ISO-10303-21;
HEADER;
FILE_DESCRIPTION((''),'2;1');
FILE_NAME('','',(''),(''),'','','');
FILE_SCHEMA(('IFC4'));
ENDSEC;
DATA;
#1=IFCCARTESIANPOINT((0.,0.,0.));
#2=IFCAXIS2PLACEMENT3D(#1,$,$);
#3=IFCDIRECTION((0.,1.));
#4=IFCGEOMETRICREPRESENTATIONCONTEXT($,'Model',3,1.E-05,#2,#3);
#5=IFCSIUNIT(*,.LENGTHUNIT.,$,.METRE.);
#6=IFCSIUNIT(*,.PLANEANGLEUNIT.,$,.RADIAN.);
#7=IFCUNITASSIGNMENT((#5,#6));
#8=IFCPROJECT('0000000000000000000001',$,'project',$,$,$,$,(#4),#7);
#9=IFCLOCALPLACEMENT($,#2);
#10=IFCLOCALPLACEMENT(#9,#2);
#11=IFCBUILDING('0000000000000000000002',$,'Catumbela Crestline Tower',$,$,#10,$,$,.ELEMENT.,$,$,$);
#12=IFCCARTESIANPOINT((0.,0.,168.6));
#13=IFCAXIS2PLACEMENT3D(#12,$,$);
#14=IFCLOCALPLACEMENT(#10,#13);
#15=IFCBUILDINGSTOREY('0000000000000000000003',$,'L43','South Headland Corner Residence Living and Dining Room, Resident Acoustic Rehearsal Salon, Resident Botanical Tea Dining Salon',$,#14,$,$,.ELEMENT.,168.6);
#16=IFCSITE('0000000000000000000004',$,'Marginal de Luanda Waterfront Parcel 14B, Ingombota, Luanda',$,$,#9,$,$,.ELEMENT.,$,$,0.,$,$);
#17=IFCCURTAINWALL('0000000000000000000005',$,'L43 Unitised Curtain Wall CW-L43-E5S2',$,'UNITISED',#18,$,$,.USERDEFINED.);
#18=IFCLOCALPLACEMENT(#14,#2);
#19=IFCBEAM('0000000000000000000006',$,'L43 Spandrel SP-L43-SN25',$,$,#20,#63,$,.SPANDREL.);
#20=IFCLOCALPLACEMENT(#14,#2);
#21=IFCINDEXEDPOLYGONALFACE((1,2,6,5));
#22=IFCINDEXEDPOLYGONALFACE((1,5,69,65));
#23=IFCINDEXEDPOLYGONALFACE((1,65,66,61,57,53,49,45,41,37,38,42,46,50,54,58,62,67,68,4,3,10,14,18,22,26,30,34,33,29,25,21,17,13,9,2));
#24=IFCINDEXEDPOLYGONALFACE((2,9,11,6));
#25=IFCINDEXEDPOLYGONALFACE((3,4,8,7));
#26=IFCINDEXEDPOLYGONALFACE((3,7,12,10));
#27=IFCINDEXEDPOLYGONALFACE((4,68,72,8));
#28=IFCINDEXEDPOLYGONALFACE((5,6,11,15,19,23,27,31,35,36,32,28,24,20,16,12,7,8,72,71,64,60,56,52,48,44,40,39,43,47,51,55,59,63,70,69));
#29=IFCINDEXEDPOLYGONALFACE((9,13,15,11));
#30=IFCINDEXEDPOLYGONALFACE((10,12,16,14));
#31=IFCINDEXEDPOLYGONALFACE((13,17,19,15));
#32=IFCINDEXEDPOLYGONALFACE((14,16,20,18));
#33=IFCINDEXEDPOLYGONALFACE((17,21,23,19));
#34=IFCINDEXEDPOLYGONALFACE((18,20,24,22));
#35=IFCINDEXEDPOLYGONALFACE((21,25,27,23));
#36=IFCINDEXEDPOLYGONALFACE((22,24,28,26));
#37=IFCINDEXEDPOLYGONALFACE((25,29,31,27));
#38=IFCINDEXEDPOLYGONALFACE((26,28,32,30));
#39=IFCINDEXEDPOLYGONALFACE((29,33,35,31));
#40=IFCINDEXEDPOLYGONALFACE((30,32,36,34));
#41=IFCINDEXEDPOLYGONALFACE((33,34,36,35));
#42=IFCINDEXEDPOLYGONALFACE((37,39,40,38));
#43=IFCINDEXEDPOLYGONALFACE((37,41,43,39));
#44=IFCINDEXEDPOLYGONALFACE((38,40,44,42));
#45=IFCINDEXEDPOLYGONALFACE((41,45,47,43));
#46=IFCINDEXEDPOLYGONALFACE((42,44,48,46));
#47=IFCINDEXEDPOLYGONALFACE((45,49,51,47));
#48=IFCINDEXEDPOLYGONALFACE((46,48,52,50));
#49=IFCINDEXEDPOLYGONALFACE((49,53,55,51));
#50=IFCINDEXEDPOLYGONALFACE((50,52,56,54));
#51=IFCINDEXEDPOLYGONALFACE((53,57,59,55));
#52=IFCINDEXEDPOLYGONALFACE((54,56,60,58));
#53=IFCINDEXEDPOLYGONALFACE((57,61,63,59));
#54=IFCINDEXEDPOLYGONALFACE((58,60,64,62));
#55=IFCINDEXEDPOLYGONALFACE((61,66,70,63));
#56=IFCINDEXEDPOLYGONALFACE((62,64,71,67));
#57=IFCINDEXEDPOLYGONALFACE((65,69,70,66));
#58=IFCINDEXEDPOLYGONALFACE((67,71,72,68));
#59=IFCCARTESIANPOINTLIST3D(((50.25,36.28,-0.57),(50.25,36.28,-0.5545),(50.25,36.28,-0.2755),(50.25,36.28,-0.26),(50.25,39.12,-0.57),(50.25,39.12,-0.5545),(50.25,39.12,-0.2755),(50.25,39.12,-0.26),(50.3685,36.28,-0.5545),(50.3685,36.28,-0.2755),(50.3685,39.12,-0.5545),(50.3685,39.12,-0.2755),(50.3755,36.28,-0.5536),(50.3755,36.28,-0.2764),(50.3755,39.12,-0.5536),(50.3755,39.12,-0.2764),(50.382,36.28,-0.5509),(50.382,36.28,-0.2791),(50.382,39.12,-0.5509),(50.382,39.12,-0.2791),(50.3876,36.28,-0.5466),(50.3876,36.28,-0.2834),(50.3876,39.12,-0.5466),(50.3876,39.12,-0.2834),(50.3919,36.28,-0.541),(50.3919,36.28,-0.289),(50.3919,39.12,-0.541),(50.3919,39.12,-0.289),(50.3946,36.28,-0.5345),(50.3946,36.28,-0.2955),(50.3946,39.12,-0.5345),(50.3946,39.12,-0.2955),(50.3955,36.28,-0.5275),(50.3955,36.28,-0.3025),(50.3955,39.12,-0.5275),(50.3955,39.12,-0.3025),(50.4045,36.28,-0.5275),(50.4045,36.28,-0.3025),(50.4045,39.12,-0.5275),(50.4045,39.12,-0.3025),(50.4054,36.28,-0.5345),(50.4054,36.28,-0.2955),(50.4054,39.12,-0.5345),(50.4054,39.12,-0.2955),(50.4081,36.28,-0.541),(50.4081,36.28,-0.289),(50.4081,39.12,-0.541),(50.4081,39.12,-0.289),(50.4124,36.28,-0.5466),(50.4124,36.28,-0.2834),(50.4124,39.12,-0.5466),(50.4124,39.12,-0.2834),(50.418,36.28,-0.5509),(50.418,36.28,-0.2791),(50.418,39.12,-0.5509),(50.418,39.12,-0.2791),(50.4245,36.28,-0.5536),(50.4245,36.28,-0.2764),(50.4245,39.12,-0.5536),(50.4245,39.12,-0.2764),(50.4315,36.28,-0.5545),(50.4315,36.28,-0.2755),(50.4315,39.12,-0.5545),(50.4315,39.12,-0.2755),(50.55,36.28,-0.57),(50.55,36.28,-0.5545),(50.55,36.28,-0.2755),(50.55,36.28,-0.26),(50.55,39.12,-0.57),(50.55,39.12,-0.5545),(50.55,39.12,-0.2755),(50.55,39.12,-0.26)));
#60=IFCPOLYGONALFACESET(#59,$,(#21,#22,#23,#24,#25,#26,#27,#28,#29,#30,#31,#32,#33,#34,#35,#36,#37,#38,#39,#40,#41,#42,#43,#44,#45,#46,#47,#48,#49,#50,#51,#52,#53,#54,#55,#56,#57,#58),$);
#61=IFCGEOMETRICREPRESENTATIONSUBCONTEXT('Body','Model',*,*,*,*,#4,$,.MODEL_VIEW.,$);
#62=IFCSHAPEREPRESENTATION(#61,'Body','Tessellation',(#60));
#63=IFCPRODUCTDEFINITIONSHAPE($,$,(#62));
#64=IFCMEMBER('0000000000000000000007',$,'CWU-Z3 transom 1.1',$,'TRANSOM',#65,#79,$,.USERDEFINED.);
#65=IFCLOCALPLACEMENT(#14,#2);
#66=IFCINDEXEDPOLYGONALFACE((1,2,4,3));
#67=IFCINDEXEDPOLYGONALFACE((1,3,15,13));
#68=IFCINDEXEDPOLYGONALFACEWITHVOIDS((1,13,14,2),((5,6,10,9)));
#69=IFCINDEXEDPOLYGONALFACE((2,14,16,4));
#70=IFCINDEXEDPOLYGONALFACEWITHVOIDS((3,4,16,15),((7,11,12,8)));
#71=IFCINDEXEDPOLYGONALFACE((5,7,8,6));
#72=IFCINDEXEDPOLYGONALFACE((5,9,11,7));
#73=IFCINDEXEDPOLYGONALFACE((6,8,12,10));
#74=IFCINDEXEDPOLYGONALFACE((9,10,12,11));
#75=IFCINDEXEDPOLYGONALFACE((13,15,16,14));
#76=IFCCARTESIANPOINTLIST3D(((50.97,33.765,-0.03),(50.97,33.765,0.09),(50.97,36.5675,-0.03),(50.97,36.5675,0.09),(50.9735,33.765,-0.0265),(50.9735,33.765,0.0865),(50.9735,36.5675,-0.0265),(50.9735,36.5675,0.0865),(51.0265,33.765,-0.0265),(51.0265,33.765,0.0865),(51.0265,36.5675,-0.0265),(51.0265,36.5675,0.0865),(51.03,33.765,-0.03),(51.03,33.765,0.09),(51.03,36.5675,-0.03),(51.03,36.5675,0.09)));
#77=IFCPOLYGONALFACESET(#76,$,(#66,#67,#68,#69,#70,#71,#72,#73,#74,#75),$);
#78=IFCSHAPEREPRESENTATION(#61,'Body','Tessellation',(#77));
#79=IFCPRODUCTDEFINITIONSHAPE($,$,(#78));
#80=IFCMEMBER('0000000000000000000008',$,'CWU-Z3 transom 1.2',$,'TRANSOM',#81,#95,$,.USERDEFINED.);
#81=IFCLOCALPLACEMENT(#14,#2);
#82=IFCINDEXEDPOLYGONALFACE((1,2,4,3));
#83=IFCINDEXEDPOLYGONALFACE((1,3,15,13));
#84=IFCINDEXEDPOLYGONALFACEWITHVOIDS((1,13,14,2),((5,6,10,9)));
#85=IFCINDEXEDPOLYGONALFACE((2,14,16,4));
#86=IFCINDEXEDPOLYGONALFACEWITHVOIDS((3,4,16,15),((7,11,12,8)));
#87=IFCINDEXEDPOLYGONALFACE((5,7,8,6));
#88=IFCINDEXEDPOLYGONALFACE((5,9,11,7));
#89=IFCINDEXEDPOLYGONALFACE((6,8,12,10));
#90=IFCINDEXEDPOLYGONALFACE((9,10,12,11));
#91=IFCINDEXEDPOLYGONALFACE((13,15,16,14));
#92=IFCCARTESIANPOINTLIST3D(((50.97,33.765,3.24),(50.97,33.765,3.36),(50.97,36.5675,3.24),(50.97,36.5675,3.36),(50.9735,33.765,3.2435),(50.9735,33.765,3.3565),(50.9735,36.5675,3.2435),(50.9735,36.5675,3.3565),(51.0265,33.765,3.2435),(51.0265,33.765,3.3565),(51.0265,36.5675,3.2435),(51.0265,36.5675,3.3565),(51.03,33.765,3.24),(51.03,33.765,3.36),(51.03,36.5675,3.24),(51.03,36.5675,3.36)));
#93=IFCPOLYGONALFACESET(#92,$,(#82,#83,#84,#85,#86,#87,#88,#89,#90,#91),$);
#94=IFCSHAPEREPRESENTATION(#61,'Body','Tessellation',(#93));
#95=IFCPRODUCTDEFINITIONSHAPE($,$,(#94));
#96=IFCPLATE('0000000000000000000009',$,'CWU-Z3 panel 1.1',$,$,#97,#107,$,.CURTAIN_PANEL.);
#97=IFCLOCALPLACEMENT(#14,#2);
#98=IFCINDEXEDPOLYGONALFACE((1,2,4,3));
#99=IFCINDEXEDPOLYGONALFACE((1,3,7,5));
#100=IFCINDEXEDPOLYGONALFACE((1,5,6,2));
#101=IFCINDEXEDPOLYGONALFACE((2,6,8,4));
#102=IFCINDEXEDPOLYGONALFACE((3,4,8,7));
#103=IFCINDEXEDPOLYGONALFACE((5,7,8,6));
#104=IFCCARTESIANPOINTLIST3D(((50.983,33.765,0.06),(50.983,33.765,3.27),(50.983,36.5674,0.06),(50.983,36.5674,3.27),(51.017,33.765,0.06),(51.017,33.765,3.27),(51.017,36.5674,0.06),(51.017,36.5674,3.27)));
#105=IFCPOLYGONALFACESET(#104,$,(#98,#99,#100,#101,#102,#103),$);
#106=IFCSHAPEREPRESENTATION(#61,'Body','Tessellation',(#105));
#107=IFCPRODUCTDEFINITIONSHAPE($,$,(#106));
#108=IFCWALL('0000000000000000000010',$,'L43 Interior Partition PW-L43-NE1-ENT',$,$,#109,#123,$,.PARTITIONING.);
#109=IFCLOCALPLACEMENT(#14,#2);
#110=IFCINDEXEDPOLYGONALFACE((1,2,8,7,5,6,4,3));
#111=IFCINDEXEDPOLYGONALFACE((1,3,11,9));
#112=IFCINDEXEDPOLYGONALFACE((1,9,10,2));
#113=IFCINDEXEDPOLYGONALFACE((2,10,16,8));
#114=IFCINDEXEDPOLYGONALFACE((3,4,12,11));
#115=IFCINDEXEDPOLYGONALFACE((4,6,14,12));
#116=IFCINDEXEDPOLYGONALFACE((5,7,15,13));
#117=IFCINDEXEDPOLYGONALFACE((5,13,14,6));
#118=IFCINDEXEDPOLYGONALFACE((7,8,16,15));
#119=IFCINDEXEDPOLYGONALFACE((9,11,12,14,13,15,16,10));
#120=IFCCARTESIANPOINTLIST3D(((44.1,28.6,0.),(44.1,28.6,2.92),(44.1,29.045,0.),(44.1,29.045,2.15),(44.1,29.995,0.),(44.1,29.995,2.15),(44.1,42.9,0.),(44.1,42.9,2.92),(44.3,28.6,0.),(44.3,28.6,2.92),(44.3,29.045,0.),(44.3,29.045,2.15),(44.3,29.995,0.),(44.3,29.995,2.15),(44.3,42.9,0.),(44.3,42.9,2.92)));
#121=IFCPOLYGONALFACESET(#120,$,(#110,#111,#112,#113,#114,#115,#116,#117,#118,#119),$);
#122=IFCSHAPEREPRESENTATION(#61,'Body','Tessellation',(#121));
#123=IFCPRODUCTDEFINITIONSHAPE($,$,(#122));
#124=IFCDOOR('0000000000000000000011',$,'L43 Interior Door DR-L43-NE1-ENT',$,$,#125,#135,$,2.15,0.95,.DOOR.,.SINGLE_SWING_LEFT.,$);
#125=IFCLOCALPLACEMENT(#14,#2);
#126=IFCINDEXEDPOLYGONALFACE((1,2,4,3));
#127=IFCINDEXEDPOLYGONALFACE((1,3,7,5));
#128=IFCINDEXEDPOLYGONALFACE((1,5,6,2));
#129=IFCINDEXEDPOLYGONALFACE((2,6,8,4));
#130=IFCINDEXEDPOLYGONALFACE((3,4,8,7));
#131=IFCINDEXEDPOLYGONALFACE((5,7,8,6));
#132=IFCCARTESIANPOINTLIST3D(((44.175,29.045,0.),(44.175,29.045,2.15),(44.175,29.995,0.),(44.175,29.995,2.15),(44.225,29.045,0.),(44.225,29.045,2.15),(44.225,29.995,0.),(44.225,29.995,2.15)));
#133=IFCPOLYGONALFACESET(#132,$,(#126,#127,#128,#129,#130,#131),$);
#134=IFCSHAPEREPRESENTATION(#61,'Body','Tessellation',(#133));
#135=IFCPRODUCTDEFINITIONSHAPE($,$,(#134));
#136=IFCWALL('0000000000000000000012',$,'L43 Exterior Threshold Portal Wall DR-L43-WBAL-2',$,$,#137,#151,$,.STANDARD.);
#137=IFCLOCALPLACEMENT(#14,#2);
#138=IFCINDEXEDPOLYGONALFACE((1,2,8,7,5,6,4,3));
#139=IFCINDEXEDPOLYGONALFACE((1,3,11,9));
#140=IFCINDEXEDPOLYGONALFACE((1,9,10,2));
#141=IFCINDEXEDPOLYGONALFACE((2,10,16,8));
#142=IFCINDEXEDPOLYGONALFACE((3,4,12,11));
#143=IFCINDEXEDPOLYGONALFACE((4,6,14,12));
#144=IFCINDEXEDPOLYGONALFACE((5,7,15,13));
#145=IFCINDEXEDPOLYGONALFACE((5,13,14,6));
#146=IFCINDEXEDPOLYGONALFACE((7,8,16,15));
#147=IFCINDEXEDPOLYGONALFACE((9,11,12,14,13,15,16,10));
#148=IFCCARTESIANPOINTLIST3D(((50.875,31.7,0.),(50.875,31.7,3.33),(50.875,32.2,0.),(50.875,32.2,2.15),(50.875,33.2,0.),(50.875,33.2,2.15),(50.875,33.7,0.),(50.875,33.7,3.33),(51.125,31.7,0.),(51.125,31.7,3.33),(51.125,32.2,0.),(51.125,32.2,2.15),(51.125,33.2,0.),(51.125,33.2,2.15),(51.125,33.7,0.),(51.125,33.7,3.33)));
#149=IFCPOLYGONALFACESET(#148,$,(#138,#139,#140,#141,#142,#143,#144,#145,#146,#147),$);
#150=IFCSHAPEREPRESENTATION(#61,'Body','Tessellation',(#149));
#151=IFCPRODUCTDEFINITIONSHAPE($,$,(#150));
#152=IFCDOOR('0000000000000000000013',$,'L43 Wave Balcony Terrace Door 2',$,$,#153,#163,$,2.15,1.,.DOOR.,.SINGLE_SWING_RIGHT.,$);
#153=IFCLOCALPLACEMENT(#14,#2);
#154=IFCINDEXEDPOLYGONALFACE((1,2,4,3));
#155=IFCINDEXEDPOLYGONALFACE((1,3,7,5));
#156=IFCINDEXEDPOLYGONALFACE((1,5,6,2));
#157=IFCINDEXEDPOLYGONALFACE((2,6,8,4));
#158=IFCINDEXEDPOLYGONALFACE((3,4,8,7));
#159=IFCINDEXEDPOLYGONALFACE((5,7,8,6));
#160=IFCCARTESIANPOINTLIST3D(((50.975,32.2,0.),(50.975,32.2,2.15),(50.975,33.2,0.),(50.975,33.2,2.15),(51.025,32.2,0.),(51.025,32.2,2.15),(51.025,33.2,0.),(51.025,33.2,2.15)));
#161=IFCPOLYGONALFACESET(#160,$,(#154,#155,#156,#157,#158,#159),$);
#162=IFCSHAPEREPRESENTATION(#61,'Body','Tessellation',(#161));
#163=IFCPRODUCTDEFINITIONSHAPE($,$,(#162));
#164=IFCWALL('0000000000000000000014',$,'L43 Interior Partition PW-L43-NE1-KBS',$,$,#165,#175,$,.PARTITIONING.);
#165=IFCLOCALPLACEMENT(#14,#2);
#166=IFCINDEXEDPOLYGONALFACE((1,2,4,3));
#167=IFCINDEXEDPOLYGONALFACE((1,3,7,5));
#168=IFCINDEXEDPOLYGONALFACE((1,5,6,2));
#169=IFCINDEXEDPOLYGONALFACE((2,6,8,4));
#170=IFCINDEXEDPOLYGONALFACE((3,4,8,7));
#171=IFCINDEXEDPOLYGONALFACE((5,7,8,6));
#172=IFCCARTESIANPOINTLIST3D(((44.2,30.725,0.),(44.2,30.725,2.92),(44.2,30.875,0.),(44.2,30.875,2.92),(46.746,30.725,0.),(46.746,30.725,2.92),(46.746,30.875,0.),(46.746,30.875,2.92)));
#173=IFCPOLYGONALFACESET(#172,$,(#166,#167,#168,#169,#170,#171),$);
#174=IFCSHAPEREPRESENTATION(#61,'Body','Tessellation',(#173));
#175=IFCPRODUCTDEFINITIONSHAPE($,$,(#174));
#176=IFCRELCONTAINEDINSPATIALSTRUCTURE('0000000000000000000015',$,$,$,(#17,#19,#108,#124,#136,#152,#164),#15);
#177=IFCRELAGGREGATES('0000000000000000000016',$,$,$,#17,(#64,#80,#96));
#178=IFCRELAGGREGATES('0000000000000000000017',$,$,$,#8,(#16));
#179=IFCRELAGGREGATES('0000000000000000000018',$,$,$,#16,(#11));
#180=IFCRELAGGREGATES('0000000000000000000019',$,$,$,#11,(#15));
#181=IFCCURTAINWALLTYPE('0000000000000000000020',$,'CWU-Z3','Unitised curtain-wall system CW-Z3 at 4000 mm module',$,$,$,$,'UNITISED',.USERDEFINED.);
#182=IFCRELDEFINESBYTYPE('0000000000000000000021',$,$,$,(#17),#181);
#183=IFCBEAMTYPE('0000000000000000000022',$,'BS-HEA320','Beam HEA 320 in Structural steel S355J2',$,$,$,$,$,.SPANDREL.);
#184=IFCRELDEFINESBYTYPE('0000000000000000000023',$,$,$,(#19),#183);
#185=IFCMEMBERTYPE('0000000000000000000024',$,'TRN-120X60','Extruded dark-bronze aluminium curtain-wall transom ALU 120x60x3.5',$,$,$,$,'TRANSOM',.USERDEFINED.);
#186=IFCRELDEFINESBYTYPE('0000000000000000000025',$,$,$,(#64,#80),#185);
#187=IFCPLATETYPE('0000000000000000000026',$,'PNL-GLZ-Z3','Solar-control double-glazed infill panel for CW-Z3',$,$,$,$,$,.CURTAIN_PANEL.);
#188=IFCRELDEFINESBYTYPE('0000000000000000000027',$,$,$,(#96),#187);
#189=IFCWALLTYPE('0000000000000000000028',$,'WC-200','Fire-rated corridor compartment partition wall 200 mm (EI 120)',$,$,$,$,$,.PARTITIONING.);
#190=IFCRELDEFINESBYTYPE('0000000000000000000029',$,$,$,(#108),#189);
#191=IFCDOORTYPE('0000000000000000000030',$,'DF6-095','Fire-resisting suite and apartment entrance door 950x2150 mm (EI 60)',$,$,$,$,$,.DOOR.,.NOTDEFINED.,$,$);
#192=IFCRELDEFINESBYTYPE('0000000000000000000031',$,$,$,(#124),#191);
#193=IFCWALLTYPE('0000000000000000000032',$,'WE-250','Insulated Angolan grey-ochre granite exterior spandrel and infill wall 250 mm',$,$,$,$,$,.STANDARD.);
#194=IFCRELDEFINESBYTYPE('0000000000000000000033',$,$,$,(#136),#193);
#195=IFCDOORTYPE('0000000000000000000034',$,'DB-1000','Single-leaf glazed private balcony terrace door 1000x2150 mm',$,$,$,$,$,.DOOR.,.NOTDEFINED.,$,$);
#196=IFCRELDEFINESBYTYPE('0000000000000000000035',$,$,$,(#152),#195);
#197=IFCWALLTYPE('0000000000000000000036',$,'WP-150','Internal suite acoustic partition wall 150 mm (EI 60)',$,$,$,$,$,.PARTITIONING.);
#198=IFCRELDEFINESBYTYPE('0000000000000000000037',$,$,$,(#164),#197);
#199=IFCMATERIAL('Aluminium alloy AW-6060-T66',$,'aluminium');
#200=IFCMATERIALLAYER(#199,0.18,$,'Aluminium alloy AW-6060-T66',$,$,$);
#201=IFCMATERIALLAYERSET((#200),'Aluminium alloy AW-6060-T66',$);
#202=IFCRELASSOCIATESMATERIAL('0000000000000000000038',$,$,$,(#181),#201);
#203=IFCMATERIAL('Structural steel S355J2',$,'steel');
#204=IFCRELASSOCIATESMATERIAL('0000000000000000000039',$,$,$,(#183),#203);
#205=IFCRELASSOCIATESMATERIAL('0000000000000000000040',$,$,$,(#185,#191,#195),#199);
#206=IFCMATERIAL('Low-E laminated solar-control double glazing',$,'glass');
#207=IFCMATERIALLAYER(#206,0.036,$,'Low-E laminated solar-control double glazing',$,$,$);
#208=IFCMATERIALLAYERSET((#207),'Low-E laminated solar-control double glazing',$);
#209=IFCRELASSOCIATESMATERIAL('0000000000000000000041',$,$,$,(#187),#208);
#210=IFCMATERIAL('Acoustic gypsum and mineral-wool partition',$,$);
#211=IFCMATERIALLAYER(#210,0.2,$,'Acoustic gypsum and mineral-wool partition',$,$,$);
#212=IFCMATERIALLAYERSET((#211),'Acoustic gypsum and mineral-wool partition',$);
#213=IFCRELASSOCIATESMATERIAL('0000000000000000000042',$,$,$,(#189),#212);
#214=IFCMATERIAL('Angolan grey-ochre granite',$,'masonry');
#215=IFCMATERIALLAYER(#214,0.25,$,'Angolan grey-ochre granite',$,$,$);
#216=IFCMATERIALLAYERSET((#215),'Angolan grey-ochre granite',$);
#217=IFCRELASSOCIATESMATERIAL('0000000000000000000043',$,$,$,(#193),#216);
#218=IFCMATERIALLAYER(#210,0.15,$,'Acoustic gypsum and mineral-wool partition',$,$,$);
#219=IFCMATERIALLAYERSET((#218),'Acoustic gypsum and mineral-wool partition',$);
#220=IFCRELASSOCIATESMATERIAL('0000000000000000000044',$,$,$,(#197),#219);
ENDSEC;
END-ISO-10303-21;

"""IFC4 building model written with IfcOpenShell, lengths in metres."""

from ifc_helpers import new_model, si_unit, direction, frame, frame_2d, origin, origin_2d, place, context, subcontext, project, spatial, rectangle, hollow_rectangle, i_section, extrude, material, layer, layer_set, material_profile, profile_set, type_object, element, fill, aggregate, save


model = new_model("IFC4")

# Units and contexts
model_context = context("Model", 3, precision=1e-05, world=origin(), true_north=direction((0.0, 1.0)))
body_context = subcontext(model_context, "Body", "Model", "MODEL_VIEW")
ifc_project = project(units=[si_unit("LENGTHUNIT", "METRE"), si_unit("PLANEANGLEUNIT", "RADIAN")], contexts=[model_context])

# Site, building, storey
site_placement = place(None, origin())
site = spatial("IfcSite", under=ifc_project, at=site_placement, Name="Marginal de Luanda Waterfront Parcel 14B, Ingombota, Luanda", CompositionType="ELEMENT", RefElevation=0.0)
building_placement = place(site_placement, origin())
building = spatial("IfcBuilding", under=site, at=building_placement, Name="Catumbela Crestline Tower", CompositionType="ELEMENT")
storey_placement = place(building_placement, frame((0.0, 0.0, 168.6)))
storey = spatial("IfcBuildingStorey", under=building, at=storey_placement, Name="L43", Description="South Headland Corner Residence Living and Dining Room, Resident Acoustic Rehearsal Salon, Resident Botanical Tea Dining Salon", CompositionType="ELEMENT", Elevation=168.6)

# Shared definitions
ifc_material_1 = material(Name="Structural steel S355J2", Category="steel")

# Curtain wall
ifc_material_2 = material(Name="Aluminium alloy AW-6060-T66", Category="aluminium")
ifc_layer_1 = layer(ifc_material_2, 0.18, Name="Aluminium alloy AW-6060-T66")
ifc_layer_set_1 = layer_set([ifc_layer_1], Name="Aluminium alloy AW-6060-T66")
curtain_wall_type = type_object("IfcCurtainWallType", Name="CWU-Z3", Description="Unitised curtain-wall system CW-Z3 at 4000 mm module", ElementType="UNITISED", PredefinedType="USERDEFINED", material=ifc_layer_set_1)
curtain_wall_placement = place(storey_placement, origin())
curtain_wall = element("IfcCurtainWall", 1, at=curtain_wall_placement, inside=storey, type_object=curtain_wall_type, Name="L43 Unitised Curtain Wall CW-L43-E5S2", ObjectType="UNITISED", PredefinedType="USERDEFINED")

# Beam
ifc_material_profile_1 = material_profile(ifc_material_1, i_section(OverallWidth=0.3, OverallDepth=0.31, WebThickness=0.009, FlangeThickness=0.0155, FilletRadius=0.027, at=origin_2d()), Name="HEA 320")
ifc_profile_set_1 = profile_set([ifc_material_profile_1], Name="Structural steel S355J2")
beam_type_1 = type_object("IfcBeamType", Name="BS-HEA320", Description="Beam HEA 320 in Structural steel S355J2", PredefinedType="SPANDREL", material=ifc_profile_set_1)
beam_1_placement = place(storey_placement, frame((50.4, 36.28, -0.415), z_axis=(0.0, 1.0, 0.0), x_axis=(-1.0, 0.0, 0.0)))
element("IfcBeam", 2, at=beam_1_placement, inside=storey, type_object=beam_type_1, Name="L43 Spandrel SP-L43-SN25", PredefinedType="SPANDREL", context=body_context, shape_type="SweptSolid", body=[
    extrude(i_section(OverallWidth=0.3, OverallDepth=0.31, WebThickness=0.009, FlangeThickness=0.0155, FilletRadius=0.027, at=origin_2d()), origin(), (0.0, 0.0, 1.0), 2.84),
])

# Members
ifc_material_profile_2 = material_profile(ifc_material_2, hollow_rectangle(XDim=0.06, YDim=0.12, WallThickness=0.0035, at=origin_2d()), Name="ALU 120x60x3.5")
ifc_profile_set_2 = profile_set([ifc_material_profile_2], Name="Aluminium alloy AW-6060-T66")
member_type_1 = type_object("IfcMemberType", Name="TRN-120X60", Description="Extruded dark-bronze aluminium curtain-wall transom ALU 120x60x3.5", ElementType="TRANSOM", PredefinedType="USERDEFINED", material=ifc_profile_set_2)
member_1_placement = place(storey_placement, frame((51.0, 33.765, 0.03), z_axis=(0.0, 1.0, 0.0), x_axis=(-1.0, 0.0, 0.0)))
member_1 = element("IfcMember", 3, at=member_1_placement, type_object=member_type_1, Name="CWU-Z3 transom 1.1", ObjectType="TRANSOM", PredefinedType="USERDEFINED", context=body_context, shape_type="SweptSolid", body=[
    extrude(hollow_rectangle(XDim=0.06, YDim=0.12, WallThickness=0.0035, at=origin_2d()), origin(), (0.0, 0.0, 1.0), 2.8025),
])
member_2_placement = place(storey_placement, frame((51.0, 33.765, 3.3), z_axis=(0.0, 1.0, 0.0), x_axis=(-1.0, 0.0, 0.0)))
member_2 = element("IfcMember", 4, at=member_2_placement, type_object=member_type_1, Name="CWU-Z3 transom 1.2", ObjectType="TRANSOM", PredefinedType="USERDEFINED", context=body_context, shape_type="SweptSolid", body=[
    extrude(hollow_rectangle(XDim=0.06, YDim=0.12, WallThickness=0.0035, at=origin_2d()), origin(), (0.0, 0.0, 1.0), 2.8025),
])

# Plate
ifc_material_3 = material(Name="Low-E laminated solar-control double glazing", Category="glass")
ifc_layer_2 = layer(ifc_material_3, 0.036, Name="Low-E laminated solar-control double glazing")
ifc_layer_set_2 = layer_set([ifc_layer_2], Name="Low-E laminated solar-control double glazing")
plate_type = type_object("IfcPlateType", Name="PNL-GLZ-Z3", Description="Solar-control double-glazed infill panel for CW-Z3", PredefinedType="CURTAIN_PANEL", material=ifc_layer_set_2)
plate_placement = place(storey_placement, frame((51.0, 35.1662, 0.06), z_axis=(0.0, 0.0, 1.0), x_axis=(0.0, 1.0, 0.0)))
plate = element("IfcPlate", 5, at=plate_placement, type_object=plate_type, Name="CWU-Z3 panel 1.1", PredefinedType="CURTAIN_PANEL", context=body_context, shape_type="SweptSolid", body=[
    extrude(rectangle(XDim=2.8025, YDim=0.034, at=origin_2d()), origin(), (0.0, 0.0, 1.0), 3.21),
])
aggregate(curtain_wall, [member_1, member_2, plate])

# Walls, openings, doors
ifc_material_4 = material(Name="Acoustic gypsum and mineral-wool partition")
ifc_layer_3 = layer(ifc_material_4, 0.2, Name="Acoustic gypsum and mineral-wool partition")
ifc_layer_set_3 = layer_set([ifc_layer_3], Name="Acoustic gypsum and mineral-wool partition")
wall_type_1 = type_object("IfcWallType", Name="WC-200", Description="Fire-rated corridor compartment partition wall 200 mm (EI 120)", PredefinedType="PARTITIONING", material=ifc_layer_set_3)
wall_1_placement = place(storey_placement, frame((44.2, 28.6, 0.0), z_axis=(0.0, 0.0, 1.0), x_axis=(0.0, 1.0, 0.0)))
wall_1 = element("IfcWall", 6, at=wall_1_placement, inside=storey, type_object=wall_type_1, Name="L43 Interior Partition PW-L43-NE1-ENT", PredefinedType="PARTITIONING", context=body_context, shape_type="SweptSolid", body=[
    extrude(rectangle(XDim=14.3, YDim=0.2, at=frame_2d((7.15, 0.0))), origin(), (0.0, 0.0, 1.0), 2.92),
])
opening_1_placement = place(wall_1_placement, frame((0.445, 0.0, 0.0)))
opening_1 = element("IfcOpeningElement", 7, at=opening_1_placement, cuts=wall_1, PredefinedType="OPENING", context=body_context, shape_type="SweptSolid", body=[
    extrude(rectangle(XDim=0.95, YDim=2.15, at=frame_2d((0.475, 1.075))), frame((0.0, 0.11, 0.0), z_axis=(0.0, -1.0, 0.0), x_axis=(1.0, 0.0, 0.0)), (0.0, 0.0, 1.0), 0.22),
])
door_type_1 = type_object("IfcDoorType", Name="DF6-095", Description="Fire-resisting suite and apartment entrance door 950x2150 mm (EI 60)", OperationType="NOTDEFINED", PredefinedType="DOOR", material=ifc_material_2)
door_1_placement = place(opening_1_placement, origin())
door_1 = element("IfcDoor", 8, at=door_1_placement, inside=storey, type_object=door_type_1, Name="L43 Interior Door DR-L43-NE1-ENT", OperationType="SINGLE_SWING_LEFT", OverallHeight=2.15, OverallWidth=0.95, PredefinedType="DOOR", context=body_context, shape_type="SweptSolid", body=[
    extrude(rectangle(XDim=0.95, YDim=2.15, at=frame_2d((0.475, 1.075))), frame((0.0, 0.025, 0.0), z_axis=(0.0, -1.0, 0.0), x_axis=(1.0, 0.0, 0.0)), (0.0, 0.0, 1.0), 0.05),
])
fill(opening_1, door_1)
ifc_material_5 = material(Name="Angolan grey-ochre granite", Category="masonry")
ifc_layer_4 = layer(ifc_material_5, 0.25, Name="Angolan grey-ochre granite")
ifc_layer_set_4 = layer_set([ifc_layer_4], Name="Angolan grey-ochre granite")
wall_type_2 = type_object("IfcWallType", Name="WE-250", Description="Insulated Angolan grey-ochre granite exterior spandrel and infill wall 250 mm", PredefinedType="STANDARD", material=ifc_layer_set_4)
wall_2_placement = place(storey_placement, frame((51.0, 31.7, 0.0), z_axis=(0.0, 0.0, 1.0), x_axis=(0.0, 1.0, 0.0)))
wall_2 = element("IfcWall", 9, at=wall_2_placement, inside=storey, type_object=wall_type_2, Name="L43 Exterior Threshold Portal Wall DR-L43-WBAL-2", PredefinedType="STANDARD", context=body_context, shape_type="SweptSolid", body=[
    extrude(rectangle(XDim=2.0, YDim=0.25, at=frame_2d((1.0, 0.0))), origin(), (0.0, 0.0, 1.0), 3.33),
])
opening_2_placement = place(wall_2_placement, frame((0.5, 0.0, 0.0)))
opening_2 = element("IfcOpeningElement", 10, at=opening_2_placement, cuts=wall_2, PredefinedType="OPENING", context=body_context, shape_type="SweptSolid", body=[
    extrude(rectangle(XDim=1.0, YDim=2.15, at=frame_2d((0.5, 1.075))), frame((0.0, 0.135, 0.0), z_axis=(0.0, -1.0, 0.0), x_axis=(1.0, 0.0, 0.0)), (0.0, 0.0, 1.0), 0.27),
])
door_type_2 = type_object("IfcDoorType", Name="DB-1000", Description="Single-leaf glazed private balcony terrace door 1000x2150 mm", OperationType="NOTDEFINED", PredefinedType="DOOR", material=ifc_material_2)
door_2_placement = place(opening_2_placement, origin())
door_2 = element("IfcDoor", 11, at=door_2_placement, inside=storey, type_object=door_type_2, Name="L43 Wave Balcony Terrace Door 2", OperationType="SINGLE_SWING_RIGHT", OverallHeight=2.15, OverallWidth=1.0, PredefinedType="DOOR", context=body_context, shape_type="SweptSolid", body=[
    extrude(rectangle(XDim=1.0, YDim=2.15, at=frame_2d((0.5, 1.075))), frame((0.0, 0.025, 0.0), z_axis=(0.0, -1.0, 0.0), x_axis=(1.0, 0.0, 0.0)), (0.0, 0.0, 1.0), 0.05),
])
fill(opening_2, door_2)

# Wall
ifc_layer_5 = layer(ifc_material_4, 0.15, Name="Acoustic gypsum and mineral-wool partition")
ifc_layer_set_5 = layer_set([ifc_layer_5], Name="Acoustic gypsum and mineral-wool partition")
wall_type_3 = type_object("IfcWallType", Name="WP-150", Description="Internal suite acoustic partition wall 150 mm (EI 60)", PredefinedType="PARTITIONING", material=ifc_layer_set_5)
for number, where, z_axis, x_axis, name in (
    (12, (44.2, 30.8, 0.0), (0.0, 0.0, 1.0), (1.0, 0.0, 0.0), "L43 Interior Partition PW-L43-NE1-KBS"),
):
    element("IfcWall", number, at=place(storey_placement, frame(where, z_axis=z_axis, x_axis=x_axis)), inside=storey, type_object=wall_type_3, Name=name, PredefinedType="PARTITIONING", context=body_context, shape_type="SweptSolid", body=[
        extrude(rectangle(XDim=2.546, YDim=0.15, at=frame_2d((1.273, 0.0))), origin(), (0.0, 0.0, 1.0), 2.92),
    ])

save(model, "model.ifc")
